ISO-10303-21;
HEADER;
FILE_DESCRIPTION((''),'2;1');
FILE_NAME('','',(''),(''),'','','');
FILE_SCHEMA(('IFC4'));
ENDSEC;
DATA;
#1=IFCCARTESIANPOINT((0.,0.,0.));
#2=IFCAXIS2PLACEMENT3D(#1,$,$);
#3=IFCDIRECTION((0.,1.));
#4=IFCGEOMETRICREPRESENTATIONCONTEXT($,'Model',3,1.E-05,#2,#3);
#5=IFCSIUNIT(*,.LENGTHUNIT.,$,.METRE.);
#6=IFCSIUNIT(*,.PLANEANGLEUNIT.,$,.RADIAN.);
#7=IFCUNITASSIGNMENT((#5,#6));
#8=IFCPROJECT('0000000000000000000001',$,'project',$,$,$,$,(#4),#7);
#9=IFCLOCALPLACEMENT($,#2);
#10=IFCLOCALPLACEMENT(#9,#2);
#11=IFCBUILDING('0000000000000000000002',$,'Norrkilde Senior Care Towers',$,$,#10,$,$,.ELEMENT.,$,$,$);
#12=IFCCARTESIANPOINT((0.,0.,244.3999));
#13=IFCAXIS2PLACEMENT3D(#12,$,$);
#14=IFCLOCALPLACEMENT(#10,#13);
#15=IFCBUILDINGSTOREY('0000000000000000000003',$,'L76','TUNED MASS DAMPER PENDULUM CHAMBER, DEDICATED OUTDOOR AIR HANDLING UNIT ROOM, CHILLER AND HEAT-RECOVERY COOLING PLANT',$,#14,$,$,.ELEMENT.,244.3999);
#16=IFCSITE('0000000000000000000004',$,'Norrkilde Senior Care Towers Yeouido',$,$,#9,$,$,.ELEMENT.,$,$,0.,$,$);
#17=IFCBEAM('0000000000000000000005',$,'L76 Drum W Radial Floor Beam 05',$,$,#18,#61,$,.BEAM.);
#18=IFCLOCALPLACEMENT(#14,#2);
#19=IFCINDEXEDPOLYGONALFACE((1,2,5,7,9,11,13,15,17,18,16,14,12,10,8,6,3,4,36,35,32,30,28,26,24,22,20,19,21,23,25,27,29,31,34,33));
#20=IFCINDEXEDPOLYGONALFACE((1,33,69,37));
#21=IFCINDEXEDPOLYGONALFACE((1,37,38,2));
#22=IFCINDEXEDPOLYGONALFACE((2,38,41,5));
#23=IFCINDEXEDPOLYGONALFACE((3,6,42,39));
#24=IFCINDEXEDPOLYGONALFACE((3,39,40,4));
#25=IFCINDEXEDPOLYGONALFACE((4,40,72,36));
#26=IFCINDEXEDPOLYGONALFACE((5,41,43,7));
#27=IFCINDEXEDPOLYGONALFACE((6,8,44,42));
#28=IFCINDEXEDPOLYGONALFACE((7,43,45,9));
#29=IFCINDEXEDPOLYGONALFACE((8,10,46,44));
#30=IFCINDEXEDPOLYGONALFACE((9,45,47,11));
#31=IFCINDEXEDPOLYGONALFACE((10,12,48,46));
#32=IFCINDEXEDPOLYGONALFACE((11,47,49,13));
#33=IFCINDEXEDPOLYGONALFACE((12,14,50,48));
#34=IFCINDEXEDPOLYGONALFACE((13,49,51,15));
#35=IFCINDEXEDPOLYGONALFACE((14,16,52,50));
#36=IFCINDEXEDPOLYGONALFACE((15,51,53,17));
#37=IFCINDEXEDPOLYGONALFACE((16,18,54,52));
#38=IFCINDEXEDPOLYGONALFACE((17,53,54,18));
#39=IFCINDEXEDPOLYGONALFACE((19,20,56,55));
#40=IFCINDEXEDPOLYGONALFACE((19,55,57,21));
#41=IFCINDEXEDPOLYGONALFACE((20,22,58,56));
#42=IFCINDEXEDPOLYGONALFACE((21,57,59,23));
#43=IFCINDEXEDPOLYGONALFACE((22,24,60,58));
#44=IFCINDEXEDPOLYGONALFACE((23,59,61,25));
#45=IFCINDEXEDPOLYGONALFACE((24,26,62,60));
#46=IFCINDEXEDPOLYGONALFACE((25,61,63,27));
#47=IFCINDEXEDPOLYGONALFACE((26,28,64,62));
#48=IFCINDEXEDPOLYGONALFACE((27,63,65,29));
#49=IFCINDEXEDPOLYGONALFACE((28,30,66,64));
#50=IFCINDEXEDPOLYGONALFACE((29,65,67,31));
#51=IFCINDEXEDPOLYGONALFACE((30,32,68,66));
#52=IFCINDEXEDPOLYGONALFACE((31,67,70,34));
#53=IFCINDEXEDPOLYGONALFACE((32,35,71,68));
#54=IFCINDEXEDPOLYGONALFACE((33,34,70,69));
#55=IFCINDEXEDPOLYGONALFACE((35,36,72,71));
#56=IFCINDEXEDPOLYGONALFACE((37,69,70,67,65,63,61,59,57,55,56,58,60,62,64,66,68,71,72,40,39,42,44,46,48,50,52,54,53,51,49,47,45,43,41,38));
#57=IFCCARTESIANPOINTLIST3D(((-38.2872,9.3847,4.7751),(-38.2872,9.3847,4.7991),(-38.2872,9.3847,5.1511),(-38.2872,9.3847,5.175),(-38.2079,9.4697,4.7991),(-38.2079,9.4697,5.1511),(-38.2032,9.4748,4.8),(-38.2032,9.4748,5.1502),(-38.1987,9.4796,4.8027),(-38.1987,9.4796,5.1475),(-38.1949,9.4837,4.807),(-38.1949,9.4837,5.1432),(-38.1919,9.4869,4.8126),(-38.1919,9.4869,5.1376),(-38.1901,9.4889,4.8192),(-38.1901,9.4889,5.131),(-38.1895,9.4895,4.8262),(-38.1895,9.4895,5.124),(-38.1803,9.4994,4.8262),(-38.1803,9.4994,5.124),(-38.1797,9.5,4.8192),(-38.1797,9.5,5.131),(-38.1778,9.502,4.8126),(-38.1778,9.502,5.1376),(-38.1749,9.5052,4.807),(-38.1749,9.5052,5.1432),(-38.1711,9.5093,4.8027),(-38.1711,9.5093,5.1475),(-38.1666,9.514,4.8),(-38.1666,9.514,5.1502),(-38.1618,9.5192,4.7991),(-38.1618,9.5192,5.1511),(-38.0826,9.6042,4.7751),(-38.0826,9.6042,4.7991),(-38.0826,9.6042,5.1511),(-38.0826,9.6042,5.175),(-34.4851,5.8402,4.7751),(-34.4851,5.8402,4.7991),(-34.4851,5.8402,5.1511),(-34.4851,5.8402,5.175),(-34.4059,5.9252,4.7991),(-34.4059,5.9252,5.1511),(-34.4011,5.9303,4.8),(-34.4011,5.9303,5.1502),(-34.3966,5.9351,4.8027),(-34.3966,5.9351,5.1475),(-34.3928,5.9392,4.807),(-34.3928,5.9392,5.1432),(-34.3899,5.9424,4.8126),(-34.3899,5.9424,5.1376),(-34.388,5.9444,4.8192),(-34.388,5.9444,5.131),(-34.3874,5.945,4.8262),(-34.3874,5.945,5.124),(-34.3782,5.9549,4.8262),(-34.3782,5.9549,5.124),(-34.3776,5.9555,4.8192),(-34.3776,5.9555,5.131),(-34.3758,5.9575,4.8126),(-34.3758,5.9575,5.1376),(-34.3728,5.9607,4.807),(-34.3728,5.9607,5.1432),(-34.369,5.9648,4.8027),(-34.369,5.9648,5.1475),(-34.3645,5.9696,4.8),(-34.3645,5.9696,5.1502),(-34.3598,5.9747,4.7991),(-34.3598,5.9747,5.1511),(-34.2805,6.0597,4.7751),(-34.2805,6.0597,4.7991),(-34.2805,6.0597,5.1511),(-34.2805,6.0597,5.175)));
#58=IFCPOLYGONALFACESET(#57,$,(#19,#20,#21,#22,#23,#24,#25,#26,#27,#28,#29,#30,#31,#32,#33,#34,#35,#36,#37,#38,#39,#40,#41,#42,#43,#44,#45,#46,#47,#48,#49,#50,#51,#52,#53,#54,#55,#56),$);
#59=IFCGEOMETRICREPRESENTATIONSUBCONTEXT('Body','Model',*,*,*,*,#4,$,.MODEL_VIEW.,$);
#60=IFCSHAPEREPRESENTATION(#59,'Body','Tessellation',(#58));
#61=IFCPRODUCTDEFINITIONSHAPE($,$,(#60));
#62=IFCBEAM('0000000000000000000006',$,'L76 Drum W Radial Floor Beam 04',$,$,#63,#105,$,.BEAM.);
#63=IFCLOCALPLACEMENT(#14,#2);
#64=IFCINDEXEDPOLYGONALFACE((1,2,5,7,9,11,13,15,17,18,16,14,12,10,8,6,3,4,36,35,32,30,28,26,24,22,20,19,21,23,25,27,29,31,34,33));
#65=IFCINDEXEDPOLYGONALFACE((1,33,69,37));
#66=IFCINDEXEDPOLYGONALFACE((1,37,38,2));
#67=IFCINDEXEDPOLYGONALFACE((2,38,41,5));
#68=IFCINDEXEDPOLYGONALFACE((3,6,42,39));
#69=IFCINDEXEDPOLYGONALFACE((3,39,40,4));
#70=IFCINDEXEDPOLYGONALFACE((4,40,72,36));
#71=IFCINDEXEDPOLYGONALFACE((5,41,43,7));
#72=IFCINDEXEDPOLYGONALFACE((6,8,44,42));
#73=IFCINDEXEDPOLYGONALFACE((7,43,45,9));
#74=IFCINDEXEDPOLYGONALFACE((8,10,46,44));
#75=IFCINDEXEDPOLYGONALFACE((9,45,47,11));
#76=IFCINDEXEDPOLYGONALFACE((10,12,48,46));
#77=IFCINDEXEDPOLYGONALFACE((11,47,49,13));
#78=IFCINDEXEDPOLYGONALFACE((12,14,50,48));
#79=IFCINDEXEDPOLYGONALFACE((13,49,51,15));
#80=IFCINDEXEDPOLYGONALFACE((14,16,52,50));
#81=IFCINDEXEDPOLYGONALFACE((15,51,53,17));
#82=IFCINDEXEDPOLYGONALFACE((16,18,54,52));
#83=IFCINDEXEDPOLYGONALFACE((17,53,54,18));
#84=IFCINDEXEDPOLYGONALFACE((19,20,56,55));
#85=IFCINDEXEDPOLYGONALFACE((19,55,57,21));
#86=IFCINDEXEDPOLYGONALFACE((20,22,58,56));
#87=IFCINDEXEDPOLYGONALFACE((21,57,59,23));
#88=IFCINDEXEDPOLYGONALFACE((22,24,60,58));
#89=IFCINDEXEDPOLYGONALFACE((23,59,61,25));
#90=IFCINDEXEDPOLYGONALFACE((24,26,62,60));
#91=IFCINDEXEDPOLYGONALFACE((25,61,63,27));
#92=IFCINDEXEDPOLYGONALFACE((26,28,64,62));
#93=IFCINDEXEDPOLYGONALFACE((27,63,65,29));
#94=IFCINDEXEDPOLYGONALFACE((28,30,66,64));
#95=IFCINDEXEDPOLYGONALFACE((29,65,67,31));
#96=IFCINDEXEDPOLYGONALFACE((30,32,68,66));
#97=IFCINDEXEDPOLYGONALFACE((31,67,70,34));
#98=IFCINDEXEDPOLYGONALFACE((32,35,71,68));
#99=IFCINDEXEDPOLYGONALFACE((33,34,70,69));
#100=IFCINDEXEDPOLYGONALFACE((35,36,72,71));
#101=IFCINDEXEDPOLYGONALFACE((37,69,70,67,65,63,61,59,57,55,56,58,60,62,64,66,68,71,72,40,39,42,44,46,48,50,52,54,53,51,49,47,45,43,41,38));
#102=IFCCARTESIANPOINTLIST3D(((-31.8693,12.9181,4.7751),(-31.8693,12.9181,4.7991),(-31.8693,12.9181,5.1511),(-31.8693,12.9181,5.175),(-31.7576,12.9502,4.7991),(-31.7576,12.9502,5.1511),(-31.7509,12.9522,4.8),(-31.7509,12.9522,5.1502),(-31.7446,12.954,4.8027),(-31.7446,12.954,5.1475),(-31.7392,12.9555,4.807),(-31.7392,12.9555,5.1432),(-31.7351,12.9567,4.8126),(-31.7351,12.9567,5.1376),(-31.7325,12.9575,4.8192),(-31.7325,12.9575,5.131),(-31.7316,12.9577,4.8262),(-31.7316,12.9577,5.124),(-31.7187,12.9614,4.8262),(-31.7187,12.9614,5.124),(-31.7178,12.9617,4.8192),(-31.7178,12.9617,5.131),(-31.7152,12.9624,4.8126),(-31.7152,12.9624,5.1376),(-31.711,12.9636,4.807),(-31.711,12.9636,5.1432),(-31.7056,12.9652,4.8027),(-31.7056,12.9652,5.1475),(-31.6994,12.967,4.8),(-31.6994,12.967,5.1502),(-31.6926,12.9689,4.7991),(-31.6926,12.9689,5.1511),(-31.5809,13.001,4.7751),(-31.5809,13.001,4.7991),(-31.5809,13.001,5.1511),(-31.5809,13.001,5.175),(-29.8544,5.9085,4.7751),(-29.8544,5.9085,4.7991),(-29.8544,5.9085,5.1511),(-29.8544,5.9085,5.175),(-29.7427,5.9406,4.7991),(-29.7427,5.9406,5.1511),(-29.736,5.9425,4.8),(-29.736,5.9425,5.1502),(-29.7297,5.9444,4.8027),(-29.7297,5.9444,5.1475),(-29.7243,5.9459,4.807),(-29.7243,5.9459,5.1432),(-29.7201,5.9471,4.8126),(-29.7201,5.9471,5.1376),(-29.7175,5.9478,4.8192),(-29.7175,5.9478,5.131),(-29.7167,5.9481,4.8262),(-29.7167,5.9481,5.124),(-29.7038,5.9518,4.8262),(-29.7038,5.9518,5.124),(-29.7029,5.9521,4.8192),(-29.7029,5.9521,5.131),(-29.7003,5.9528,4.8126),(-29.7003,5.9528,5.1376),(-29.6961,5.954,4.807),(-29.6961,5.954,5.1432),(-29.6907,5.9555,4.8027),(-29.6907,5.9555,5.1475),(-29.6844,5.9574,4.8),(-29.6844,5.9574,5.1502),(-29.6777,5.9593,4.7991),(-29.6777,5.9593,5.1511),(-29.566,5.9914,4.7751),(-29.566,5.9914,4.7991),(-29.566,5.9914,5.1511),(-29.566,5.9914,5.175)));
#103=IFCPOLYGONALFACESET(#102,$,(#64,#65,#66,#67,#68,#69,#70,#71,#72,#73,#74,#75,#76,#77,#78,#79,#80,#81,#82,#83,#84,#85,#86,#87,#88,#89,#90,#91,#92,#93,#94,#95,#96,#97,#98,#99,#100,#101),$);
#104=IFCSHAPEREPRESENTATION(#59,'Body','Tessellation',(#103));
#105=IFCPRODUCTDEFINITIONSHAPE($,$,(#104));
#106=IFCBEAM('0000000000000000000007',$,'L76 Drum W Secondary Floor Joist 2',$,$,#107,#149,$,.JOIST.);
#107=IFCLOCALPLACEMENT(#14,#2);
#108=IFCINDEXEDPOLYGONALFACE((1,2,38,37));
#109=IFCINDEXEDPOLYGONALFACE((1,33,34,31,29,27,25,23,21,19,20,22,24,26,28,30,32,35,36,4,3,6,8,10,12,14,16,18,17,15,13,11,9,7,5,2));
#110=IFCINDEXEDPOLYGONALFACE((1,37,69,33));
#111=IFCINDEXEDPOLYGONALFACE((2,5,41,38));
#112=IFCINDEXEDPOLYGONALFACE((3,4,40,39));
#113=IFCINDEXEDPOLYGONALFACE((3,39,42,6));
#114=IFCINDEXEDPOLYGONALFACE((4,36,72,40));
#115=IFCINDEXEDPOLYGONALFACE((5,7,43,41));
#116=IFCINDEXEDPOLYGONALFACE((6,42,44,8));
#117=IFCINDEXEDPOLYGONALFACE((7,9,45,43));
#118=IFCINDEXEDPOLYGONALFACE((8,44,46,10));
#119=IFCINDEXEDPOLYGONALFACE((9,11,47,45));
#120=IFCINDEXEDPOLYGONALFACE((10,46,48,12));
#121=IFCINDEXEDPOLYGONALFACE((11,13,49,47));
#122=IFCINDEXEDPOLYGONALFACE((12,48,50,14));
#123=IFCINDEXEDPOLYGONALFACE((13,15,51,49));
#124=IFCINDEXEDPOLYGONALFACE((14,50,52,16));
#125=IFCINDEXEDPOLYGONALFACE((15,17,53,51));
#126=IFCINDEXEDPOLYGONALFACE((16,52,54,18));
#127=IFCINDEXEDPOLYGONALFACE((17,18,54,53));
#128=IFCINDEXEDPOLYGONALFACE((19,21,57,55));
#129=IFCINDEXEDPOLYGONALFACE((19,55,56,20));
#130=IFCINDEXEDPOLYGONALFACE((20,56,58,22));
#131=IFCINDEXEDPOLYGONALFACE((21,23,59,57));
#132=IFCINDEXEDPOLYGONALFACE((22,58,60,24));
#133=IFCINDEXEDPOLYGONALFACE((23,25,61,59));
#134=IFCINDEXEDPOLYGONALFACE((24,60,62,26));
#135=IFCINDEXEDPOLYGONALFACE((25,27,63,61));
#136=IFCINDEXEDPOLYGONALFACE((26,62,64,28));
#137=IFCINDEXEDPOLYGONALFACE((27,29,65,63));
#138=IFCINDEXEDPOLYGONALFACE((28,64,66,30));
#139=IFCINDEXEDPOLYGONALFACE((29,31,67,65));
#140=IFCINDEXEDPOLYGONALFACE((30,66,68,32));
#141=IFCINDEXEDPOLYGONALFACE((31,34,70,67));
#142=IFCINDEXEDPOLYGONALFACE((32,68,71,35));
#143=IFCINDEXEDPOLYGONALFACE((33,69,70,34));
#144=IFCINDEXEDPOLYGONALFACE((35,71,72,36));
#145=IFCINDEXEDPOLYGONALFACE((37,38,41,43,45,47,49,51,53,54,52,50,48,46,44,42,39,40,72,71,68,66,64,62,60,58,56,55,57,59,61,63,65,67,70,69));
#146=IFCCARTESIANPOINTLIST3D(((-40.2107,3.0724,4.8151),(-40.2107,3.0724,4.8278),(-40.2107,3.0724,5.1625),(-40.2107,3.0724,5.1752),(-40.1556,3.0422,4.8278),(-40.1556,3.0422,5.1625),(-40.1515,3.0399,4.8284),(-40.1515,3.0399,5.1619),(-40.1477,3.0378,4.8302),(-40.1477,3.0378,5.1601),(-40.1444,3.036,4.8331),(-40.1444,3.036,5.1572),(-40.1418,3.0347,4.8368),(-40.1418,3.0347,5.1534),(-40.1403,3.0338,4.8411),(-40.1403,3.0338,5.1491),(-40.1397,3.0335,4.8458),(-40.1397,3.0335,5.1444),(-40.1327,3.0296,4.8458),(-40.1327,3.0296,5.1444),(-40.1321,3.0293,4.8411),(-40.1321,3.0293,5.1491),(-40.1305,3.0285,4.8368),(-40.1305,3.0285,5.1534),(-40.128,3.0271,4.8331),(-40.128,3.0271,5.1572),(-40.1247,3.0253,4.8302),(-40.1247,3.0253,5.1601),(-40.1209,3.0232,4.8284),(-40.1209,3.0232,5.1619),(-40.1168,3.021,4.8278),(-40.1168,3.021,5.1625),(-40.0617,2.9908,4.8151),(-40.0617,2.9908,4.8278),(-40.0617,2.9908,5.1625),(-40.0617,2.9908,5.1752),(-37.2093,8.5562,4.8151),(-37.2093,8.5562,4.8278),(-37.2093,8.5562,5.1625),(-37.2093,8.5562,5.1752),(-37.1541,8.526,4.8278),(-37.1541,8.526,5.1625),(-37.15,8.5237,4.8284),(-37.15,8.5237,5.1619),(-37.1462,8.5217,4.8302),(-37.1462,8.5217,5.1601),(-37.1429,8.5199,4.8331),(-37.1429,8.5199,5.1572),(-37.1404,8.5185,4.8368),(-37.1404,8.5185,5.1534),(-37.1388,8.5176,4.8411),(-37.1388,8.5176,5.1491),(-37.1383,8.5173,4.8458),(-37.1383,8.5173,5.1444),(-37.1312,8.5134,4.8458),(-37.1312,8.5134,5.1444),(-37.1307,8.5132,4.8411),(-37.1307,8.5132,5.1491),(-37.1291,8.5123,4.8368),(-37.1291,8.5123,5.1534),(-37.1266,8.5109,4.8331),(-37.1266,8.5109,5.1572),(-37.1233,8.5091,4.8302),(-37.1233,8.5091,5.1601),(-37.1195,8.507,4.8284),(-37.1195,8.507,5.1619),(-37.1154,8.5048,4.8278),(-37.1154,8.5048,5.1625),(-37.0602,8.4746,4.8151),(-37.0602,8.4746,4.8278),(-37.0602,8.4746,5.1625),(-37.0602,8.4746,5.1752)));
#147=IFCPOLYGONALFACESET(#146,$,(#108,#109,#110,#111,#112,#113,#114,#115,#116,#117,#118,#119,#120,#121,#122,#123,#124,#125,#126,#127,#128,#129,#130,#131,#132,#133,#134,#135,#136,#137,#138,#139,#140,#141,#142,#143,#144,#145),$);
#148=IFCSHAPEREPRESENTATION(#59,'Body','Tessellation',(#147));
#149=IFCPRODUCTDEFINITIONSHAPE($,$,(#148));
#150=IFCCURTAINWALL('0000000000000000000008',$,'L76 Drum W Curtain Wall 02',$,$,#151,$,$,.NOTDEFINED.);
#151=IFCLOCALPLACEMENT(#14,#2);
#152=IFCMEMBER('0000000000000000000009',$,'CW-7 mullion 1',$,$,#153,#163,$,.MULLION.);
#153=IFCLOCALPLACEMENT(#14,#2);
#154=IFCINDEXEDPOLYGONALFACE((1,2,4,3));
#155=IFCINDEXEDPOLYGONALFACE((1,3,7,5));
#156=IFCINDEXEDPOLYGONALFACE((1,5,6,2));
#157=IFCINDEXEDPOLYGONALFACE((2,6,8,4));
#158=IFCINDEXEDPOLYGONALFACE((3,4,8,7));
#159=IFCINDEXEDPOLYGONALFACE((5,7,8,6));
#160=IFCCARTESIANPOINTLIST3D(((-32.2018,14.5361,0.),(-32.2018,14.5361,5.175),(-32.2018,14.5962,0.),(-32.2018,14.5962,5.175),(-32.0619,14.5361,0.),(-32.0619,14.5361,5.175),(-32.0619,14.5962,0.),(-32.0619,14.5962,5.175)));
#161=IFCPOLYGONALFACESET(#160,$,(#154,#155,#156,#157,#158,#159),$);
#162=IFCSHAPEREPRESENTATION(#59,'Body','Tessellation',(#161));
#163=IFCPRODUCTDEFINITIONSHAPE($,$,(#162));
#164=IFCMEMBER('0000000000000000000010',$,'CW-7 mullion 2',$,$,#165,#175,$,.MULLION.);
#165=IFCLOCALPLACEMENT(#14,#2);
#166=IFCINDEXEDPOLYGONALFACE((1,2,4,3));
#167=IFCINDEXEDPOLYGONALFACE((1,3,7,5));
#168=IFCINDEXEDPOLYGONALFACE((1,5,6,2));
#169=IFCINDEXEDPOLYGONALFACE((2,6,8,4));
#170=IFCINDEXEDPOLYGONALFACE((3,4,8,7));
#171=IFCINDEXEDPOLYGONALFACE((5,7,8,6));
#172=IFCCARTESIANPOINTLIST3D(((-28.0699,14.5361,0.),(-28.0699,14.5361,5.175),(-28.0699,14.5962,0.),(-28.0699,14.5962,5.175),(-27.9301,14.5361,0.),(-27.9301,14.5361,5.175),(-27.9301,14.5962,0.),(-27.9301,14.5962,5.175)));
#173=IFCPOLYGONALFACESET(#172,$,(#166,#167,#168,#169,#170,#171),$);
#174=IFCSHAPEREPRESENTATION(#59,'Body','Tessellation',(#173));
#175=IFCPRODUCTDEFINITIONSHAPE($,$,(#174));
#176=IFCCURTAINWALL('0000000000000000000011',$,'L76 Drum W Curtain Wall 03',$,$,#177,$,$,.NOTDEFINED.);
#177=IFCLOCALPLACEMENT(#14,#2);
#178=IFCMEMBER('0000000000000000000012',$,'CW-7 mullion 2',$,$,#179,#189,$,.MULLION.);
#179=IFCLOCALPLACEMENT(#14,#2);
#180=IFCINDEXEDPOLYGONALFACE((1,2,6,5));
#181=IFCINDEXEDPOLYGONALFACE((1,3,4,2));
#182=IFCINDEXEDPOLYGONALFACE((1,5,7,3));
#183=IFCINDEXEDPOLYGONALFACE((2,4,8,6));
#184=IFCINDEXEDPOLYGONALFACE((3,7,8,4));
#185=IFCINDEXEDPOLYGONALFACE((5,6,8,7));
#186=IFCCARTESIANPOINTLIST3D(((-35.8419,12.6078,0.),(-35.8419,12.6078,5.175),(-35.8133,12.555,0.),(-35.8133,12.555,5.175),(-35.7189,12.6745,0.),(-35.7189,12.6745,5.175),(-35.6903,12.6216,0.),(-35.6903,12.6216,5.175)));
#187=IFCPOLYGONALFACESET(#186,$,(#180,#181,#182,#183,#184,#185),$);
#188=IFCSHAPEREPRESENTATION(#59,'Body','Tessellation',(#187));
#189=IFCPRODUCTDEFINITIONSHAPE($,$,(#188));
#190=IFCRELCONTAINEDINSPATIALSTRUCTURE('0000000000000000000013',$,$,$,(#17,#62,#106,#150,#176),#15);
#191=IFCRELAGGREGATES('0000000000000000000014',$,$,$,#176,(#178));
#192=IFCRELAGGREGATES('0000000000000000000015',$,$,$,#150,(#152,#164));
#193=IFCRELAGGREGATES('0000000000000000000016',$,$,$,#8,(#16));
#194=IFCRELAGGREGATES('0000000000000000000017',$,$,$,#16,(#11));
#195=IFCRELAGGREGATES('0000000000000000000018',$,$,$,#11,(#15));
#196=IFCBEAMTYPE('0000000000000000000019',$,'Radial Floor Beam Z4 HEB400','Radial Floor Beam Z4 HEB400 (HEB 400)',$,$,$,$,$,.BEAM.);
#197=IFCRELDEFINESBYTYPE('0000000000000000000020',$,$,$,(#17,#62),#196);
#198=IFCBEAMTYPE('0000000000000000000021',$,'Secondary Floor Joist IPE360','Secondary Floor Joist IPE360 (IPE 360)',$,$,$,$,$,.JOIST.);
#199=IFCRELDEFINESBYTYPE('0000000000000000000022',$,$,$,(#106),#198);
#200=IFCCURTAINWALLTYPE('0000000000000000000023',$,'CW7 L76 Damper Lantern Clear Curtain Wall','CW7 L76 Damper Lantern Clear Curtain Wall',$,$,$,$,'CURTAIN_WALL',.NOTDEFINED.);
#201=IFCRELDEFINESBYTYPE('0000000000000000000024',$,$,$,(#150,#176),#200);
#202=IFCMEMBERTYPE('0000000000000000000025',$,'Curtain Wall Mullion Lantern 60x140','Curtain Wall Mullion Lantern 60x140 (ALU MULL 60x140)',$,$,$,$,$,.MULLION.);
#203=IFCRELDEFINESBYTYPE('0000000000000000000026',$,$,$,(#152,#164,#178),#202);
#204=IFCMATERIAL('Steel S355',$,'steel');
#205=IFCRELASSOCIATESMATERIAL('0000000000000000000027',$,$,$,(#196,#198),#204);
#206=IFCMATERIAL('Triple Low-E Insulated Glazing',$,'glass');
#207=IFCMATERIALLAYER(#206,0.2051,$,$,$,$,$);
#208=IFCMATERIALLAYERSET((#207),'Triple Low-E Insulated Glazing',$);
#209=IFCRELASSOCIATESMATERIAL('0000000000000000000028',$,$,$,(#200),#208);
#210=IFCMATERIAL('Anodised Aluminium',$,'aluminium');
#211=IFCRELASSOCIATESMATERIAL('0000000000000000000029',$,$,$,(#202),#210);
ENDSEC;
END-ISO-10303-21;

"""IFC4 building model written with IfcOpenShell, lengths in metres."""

from ifc_helpers import new_model, si_unit, direction, frame, origin, origin_2d, place, context, subcontext, project, spatial, rectangle, i_section, extrude, source, transform, mapped, material, layer, layer_set, material_profile, profile_set, type_object, type_shapes, element, aggregate, save


model = new_model("IFC4")

# Units and contexts
model_context = context("Model", 3, precision=1e-05, world=origin(), true_north=direction((0.0, 1.0)))
body_context = subcontext(model_context, "Body", "Model", "MODEL_VIEW")
ifc_project = project(units=[si_unit("LENGTHUNIT", "METRE"), si_unit("PLANEANGLEUNIT", "RADIAN")], contexts=[model_context])

# Site, building, storey
site_placement = place(None, origin())
site = spatial("IfcSite", under=ifc_project, at=site_placement, Name="Norrkilde Senior Care Towers Yeouido", CompositionType="ELEMENT", RefElevation=0.0)
building_placement = place(site_placement, origin())
building = spatial("IfcBuilding", under=site, at=building_placement, Name="Norrkilde Senior Care Towers", CompositionType="ELEMENT")
storey_placement = place(building_placement, frame((0.0, 0.0, 244.3999)))
storey = spatial("IfcBuildingStorey", under=building, at=storey_placement, Name="L76", Description="TUNED MASS DAMPER PENDULUM CHAMBER, DEDICATED OUTDOOR AIR HANDLING UNIT ROOM, CHILLER AND HEAT-RECOVERY COOLING PLANT", CompositionType="ELEMENT", Elevation=244.3999)

# Beams
ifc_material_1 = material(Name="Steel S355", Category="steel")
ifc_material_profile_1 = material_profile(ifc_material_1, i_section(OverallWidth=0.3, OverallDepth=0.3999, WebThickness=0.0134, FlangeThickness=0.0239, FilletRadius=0.0271, at=origin_2d()), Name="HEB 400")
ifc_profile_set_1 = profile_set([ifc_material_profile_1], Name="Steel S355")
beam_type_1 = type_object("IfcBeamType", Name="Radial Floor Beam Z4 HEB400", Description="Radial Floor Beam Z4 HEB400 (HEB 400)", PredefinedType="BEAM", material=ifc_profile_set_1)
shared_shape_1 = source(origin(), body_context, "Body", "SweptSolid", [
    extrude(i_section(OverallWidth=0.3, OverallDepth=0.3999, WebThickness=0.0134, FlangeThickness=0.0239, FilletRadius=0.0271, at=origin_2d()), origin(), (0.0, 0.0, 1.0), 5.198),
])
beam_1_placement = place(storey_placement, frame((-34.3828, 5.95, 4.9751), z_axis=(-0.731449, 0.681896, 0.0), x_axis=(-0.681896, -0.731449, 0.0)))
element("IfcBeam", 1, at=beam_1_placement, inside=storey, type_object=beam_type_1, Name="L76 Drum W Radial Floor Beam 05", PredefinedType="BEAM", context=body_context, shape_type="MappedRepresentation", body=[
    mapped(shared_shape_1, transform((0.0, 0.0, 0.0), x_axis=(1.0, 0.0, 0.0), y_axis=(0.0, 1.0, 0.0), z_axis=(0.0, 0.0, 1.0), scale=1.0)),
])
shared_shape_2 = source(origin(), body_context, "Body", "SweptSolid", [
    extrude(i_section(OverallWidth=0.3, OverallDepth=0.3999, WebThickness=0.0134, FlangeThickness=0.0239, FilletRadius=0.0271, at=origin_2d()), origin(), (0.0, 0.0, 1.0), 7.2935),
])
beam_2_placement = place(storey_placement, frame((-29.7102, 5.95, 4.9751), z_axis=(-0.276264, 0.961082, 0.0), x_axis=(-0.961082, -0.276264, 0.0)))
element("IfcBeam", 2, at=beam_2_placement, inside=storey, type_object=beam_type_1, Name="L76 Drum W Radial Floor Beam 04", PredefinedType="BEAM", context=body_context, shape_type="MappedRepresentation", body=[
    mapped(shared_shape_2, transform((0.0, 0.0, 0.0), x_axis=(1.0, 0.0, 0.0), y_axis=(0.0, 1.0, 0.0), z_axis=(0.0, 0.0, 1.0), scale=1.0)),
])
ifc_material_profile_2 = material_profile(ifc_material_1, i_section(OverallWidth=0.1699, OverallDepth=0.3601, WebThickness=0.0081, FlangeThickness=0.0127, FilletRadius=0.0181, at=origin_2d()), Name="IPE 360")
ifc_profile_set_2 = profile_set([ifc_material_profile_2], Name="Steel S355")
beam_type_2 = type_object("IfcBeamType", Name="Secondary Floor Joist IPE360", Description="Secondary Floor Joist IPE360 (IPE 360)", PredefinedType="JOIST", material=ifc_profile_set_2)
shared_shape_3 = source(origin(), body_context, "Body", "SweptSolid", [
    extrude(i_section(OverallWidth=0.1699, OverallDepth=0.3601, WebThickness=0.0081, FlangeThickness=0.0127, FilletRadius=0.0181, at=origin_2d()), origin(), (0.0, 0.0, 1.0), 6.2515),
])
type_shapes(beam_type_2, [shared_shape_3])
beam_3_placement = place(storey_placement, frame((-37.1348, 8.5154, 4.9951), z_axis=(-0.480116, -0.877205, 0.0), x_axis=(0.877205, -0.480116, 0.0)))
element("IfcBeam", 3, at=beam_3_placement, inside=storey, type_object=beam_type_2, Name="L76 Drum W Secondary Floor Joist 2", PredefinedType="JOIST", context=body_context, shape_type="MappedRepresentation", body=[
    mapped(shared_shape_3, transform((0.0, 0.0, 0.0), x_axis=(1.0, 0.0, 0.0), y_axis=(0.0, 1.0, 0.0), z_axis=(0.0, 0.0, 1.0), scale=1.0)),
])

# Curtain walls, members
ifc_material_2 = material(Name="Triple Low-E Insulated Glazing", Category="glass")
ifc_layer_1 = layer(ifc_material_2, 0.2051)
ifc_layer_set_1 = layer_set([ifc_layer_1], Name="Triple Low-E Insulated Glazing")
curtain_wall_type = type_object("IfcCurtainWallType", Name="CW7 L76 Damper Lantern Clear Curtain Wall", Description="CW7 L76 Damper Lantern Clear Curtain Wall", ElementType="CURTAIN_WALL", PredefinedType="NOTDEFINED", material=ifc_layer_set_1)
curtain_wall_1_placement = place(storey_placement, origin())
curtain_wall_1 = element("IfcCurtainWall", 4, at=curtain_wall_1_placement, inside=storey, type_object=curtain_wall_type, Name="L76 Drum W Curtain Wall 02", PredefinedType="NOTDEFINED")
ifc_material_3 = material(Name="Anodised Aluminium", Category="aluminium")
ifc_material_profile_3 = material_profile(ifc_material_3, rectangle(XDim=0.0601, YDim=0.1399, at=origin_2d()), Name="ALU MULL 60x140")
ifc_profile_set_3 = profile_set([ifc_material_profile_3], Name="Anodised Aluminium")
member_type_1 = type_object("IfcMemberType", Name="Curtain Wall Mullion Lantern 60x140", Description="Curtain Wall Mullion Lantern 60x140 (ALU MULL 60x140)", PredefinedType="MULLION", material=ifc_profile_set_3)
shared_shape_4 = source(origin(), body_context, "Body", "SweptSolid", [
    extrude(rectangle(XDim=0.0601, YDim=0.1399, at=origin_2d()), origin(), (0.0, 0.0, 1.0), 5.175),
])
type_shapes(member_type_1, [shared_shape_4])
member_1_placement = place(storey_placement, frame((-32.1318, 14.5662, 0.0), z_axis=(0.0, 0.0, 1.0), x_axis=(0.0, 1.0, 0.0)))
member_1 = element("IfcMember", 5, at=member_1_placement, type_object=member_type_1, Name="CW-7 mullion 1", PredefinedType="MULLION", context=body_context, shape_type="MappedRepresentation", body=[
    mapped(shared_shape_4, transform((0.0, 0.0, 0.0), x_axis=(1.0, 0.0, 0.0), y_axis=(0.0, 1.0, 0.0), z_axis=(0.0, 0.0, 1.0), scale=1.0)),
])
member_2_placement = place(storey_placement, frame((-28.0, 14.5662, 0.0), z_axis=(0.0, 0.0, 1.0), x_axis=(0.0, 1.0, 0.0)))
member_2 = element("IfcMember", 6, at=member_2_placement, type_object=member_type_1, Name="CW-7 mullion 2", PredefinedType="MULLION", context=body_context, shape_type="MappedRepresentation", body=[
    mapped(shared_shape_4, transform((0.0, 0.0, 0.0), x_axis=(1.0, 0.0, 0.0), y_axis=(0.0, 1.0, 0.0), z_axis=(0.0, 0.0, 1.0), scale=1.0)),
])
curtain_wall_2_placement = place(storey_placement, origin())
curtain_wall_2 = element("IfcCurtainWall", 7, at=curtain_wall_2_placement, inside=storey, type_object=curtain_wall_type, Name="L76 Drum W Curtain Wall 03", PredefinedType="NOTDEFINED")
member_3_placement = place(storey_placement, frame((-35.7661, 12.6147, 0.0), z_axis=(0.0, 0.0, 1.0), x_axis=(-0.476133, 0.879373, 0.0)))
member_3 = element("IfcMember", 8, at=member_3_placement, type_object=member_type_1, Name="CW-7 mullion 2", PredefinedType="MULLION", context=body_context, shape_type="MappedRepresentation", body=[
    mapped(shared_shape_4, transform((0.0, 0.0, 0.0), x_axis=(1.0, 0.0, 0.0), y_axis=(0.0, 1.0, 0.0), z_axis=(0.0, 0.0, 1.0), scale=1.0)),
])

aggregate(curtain_wall_2, [member_3])
aggregate(curtain_wall_1, [member_1, member_2])

save(model, "model.ifc")
